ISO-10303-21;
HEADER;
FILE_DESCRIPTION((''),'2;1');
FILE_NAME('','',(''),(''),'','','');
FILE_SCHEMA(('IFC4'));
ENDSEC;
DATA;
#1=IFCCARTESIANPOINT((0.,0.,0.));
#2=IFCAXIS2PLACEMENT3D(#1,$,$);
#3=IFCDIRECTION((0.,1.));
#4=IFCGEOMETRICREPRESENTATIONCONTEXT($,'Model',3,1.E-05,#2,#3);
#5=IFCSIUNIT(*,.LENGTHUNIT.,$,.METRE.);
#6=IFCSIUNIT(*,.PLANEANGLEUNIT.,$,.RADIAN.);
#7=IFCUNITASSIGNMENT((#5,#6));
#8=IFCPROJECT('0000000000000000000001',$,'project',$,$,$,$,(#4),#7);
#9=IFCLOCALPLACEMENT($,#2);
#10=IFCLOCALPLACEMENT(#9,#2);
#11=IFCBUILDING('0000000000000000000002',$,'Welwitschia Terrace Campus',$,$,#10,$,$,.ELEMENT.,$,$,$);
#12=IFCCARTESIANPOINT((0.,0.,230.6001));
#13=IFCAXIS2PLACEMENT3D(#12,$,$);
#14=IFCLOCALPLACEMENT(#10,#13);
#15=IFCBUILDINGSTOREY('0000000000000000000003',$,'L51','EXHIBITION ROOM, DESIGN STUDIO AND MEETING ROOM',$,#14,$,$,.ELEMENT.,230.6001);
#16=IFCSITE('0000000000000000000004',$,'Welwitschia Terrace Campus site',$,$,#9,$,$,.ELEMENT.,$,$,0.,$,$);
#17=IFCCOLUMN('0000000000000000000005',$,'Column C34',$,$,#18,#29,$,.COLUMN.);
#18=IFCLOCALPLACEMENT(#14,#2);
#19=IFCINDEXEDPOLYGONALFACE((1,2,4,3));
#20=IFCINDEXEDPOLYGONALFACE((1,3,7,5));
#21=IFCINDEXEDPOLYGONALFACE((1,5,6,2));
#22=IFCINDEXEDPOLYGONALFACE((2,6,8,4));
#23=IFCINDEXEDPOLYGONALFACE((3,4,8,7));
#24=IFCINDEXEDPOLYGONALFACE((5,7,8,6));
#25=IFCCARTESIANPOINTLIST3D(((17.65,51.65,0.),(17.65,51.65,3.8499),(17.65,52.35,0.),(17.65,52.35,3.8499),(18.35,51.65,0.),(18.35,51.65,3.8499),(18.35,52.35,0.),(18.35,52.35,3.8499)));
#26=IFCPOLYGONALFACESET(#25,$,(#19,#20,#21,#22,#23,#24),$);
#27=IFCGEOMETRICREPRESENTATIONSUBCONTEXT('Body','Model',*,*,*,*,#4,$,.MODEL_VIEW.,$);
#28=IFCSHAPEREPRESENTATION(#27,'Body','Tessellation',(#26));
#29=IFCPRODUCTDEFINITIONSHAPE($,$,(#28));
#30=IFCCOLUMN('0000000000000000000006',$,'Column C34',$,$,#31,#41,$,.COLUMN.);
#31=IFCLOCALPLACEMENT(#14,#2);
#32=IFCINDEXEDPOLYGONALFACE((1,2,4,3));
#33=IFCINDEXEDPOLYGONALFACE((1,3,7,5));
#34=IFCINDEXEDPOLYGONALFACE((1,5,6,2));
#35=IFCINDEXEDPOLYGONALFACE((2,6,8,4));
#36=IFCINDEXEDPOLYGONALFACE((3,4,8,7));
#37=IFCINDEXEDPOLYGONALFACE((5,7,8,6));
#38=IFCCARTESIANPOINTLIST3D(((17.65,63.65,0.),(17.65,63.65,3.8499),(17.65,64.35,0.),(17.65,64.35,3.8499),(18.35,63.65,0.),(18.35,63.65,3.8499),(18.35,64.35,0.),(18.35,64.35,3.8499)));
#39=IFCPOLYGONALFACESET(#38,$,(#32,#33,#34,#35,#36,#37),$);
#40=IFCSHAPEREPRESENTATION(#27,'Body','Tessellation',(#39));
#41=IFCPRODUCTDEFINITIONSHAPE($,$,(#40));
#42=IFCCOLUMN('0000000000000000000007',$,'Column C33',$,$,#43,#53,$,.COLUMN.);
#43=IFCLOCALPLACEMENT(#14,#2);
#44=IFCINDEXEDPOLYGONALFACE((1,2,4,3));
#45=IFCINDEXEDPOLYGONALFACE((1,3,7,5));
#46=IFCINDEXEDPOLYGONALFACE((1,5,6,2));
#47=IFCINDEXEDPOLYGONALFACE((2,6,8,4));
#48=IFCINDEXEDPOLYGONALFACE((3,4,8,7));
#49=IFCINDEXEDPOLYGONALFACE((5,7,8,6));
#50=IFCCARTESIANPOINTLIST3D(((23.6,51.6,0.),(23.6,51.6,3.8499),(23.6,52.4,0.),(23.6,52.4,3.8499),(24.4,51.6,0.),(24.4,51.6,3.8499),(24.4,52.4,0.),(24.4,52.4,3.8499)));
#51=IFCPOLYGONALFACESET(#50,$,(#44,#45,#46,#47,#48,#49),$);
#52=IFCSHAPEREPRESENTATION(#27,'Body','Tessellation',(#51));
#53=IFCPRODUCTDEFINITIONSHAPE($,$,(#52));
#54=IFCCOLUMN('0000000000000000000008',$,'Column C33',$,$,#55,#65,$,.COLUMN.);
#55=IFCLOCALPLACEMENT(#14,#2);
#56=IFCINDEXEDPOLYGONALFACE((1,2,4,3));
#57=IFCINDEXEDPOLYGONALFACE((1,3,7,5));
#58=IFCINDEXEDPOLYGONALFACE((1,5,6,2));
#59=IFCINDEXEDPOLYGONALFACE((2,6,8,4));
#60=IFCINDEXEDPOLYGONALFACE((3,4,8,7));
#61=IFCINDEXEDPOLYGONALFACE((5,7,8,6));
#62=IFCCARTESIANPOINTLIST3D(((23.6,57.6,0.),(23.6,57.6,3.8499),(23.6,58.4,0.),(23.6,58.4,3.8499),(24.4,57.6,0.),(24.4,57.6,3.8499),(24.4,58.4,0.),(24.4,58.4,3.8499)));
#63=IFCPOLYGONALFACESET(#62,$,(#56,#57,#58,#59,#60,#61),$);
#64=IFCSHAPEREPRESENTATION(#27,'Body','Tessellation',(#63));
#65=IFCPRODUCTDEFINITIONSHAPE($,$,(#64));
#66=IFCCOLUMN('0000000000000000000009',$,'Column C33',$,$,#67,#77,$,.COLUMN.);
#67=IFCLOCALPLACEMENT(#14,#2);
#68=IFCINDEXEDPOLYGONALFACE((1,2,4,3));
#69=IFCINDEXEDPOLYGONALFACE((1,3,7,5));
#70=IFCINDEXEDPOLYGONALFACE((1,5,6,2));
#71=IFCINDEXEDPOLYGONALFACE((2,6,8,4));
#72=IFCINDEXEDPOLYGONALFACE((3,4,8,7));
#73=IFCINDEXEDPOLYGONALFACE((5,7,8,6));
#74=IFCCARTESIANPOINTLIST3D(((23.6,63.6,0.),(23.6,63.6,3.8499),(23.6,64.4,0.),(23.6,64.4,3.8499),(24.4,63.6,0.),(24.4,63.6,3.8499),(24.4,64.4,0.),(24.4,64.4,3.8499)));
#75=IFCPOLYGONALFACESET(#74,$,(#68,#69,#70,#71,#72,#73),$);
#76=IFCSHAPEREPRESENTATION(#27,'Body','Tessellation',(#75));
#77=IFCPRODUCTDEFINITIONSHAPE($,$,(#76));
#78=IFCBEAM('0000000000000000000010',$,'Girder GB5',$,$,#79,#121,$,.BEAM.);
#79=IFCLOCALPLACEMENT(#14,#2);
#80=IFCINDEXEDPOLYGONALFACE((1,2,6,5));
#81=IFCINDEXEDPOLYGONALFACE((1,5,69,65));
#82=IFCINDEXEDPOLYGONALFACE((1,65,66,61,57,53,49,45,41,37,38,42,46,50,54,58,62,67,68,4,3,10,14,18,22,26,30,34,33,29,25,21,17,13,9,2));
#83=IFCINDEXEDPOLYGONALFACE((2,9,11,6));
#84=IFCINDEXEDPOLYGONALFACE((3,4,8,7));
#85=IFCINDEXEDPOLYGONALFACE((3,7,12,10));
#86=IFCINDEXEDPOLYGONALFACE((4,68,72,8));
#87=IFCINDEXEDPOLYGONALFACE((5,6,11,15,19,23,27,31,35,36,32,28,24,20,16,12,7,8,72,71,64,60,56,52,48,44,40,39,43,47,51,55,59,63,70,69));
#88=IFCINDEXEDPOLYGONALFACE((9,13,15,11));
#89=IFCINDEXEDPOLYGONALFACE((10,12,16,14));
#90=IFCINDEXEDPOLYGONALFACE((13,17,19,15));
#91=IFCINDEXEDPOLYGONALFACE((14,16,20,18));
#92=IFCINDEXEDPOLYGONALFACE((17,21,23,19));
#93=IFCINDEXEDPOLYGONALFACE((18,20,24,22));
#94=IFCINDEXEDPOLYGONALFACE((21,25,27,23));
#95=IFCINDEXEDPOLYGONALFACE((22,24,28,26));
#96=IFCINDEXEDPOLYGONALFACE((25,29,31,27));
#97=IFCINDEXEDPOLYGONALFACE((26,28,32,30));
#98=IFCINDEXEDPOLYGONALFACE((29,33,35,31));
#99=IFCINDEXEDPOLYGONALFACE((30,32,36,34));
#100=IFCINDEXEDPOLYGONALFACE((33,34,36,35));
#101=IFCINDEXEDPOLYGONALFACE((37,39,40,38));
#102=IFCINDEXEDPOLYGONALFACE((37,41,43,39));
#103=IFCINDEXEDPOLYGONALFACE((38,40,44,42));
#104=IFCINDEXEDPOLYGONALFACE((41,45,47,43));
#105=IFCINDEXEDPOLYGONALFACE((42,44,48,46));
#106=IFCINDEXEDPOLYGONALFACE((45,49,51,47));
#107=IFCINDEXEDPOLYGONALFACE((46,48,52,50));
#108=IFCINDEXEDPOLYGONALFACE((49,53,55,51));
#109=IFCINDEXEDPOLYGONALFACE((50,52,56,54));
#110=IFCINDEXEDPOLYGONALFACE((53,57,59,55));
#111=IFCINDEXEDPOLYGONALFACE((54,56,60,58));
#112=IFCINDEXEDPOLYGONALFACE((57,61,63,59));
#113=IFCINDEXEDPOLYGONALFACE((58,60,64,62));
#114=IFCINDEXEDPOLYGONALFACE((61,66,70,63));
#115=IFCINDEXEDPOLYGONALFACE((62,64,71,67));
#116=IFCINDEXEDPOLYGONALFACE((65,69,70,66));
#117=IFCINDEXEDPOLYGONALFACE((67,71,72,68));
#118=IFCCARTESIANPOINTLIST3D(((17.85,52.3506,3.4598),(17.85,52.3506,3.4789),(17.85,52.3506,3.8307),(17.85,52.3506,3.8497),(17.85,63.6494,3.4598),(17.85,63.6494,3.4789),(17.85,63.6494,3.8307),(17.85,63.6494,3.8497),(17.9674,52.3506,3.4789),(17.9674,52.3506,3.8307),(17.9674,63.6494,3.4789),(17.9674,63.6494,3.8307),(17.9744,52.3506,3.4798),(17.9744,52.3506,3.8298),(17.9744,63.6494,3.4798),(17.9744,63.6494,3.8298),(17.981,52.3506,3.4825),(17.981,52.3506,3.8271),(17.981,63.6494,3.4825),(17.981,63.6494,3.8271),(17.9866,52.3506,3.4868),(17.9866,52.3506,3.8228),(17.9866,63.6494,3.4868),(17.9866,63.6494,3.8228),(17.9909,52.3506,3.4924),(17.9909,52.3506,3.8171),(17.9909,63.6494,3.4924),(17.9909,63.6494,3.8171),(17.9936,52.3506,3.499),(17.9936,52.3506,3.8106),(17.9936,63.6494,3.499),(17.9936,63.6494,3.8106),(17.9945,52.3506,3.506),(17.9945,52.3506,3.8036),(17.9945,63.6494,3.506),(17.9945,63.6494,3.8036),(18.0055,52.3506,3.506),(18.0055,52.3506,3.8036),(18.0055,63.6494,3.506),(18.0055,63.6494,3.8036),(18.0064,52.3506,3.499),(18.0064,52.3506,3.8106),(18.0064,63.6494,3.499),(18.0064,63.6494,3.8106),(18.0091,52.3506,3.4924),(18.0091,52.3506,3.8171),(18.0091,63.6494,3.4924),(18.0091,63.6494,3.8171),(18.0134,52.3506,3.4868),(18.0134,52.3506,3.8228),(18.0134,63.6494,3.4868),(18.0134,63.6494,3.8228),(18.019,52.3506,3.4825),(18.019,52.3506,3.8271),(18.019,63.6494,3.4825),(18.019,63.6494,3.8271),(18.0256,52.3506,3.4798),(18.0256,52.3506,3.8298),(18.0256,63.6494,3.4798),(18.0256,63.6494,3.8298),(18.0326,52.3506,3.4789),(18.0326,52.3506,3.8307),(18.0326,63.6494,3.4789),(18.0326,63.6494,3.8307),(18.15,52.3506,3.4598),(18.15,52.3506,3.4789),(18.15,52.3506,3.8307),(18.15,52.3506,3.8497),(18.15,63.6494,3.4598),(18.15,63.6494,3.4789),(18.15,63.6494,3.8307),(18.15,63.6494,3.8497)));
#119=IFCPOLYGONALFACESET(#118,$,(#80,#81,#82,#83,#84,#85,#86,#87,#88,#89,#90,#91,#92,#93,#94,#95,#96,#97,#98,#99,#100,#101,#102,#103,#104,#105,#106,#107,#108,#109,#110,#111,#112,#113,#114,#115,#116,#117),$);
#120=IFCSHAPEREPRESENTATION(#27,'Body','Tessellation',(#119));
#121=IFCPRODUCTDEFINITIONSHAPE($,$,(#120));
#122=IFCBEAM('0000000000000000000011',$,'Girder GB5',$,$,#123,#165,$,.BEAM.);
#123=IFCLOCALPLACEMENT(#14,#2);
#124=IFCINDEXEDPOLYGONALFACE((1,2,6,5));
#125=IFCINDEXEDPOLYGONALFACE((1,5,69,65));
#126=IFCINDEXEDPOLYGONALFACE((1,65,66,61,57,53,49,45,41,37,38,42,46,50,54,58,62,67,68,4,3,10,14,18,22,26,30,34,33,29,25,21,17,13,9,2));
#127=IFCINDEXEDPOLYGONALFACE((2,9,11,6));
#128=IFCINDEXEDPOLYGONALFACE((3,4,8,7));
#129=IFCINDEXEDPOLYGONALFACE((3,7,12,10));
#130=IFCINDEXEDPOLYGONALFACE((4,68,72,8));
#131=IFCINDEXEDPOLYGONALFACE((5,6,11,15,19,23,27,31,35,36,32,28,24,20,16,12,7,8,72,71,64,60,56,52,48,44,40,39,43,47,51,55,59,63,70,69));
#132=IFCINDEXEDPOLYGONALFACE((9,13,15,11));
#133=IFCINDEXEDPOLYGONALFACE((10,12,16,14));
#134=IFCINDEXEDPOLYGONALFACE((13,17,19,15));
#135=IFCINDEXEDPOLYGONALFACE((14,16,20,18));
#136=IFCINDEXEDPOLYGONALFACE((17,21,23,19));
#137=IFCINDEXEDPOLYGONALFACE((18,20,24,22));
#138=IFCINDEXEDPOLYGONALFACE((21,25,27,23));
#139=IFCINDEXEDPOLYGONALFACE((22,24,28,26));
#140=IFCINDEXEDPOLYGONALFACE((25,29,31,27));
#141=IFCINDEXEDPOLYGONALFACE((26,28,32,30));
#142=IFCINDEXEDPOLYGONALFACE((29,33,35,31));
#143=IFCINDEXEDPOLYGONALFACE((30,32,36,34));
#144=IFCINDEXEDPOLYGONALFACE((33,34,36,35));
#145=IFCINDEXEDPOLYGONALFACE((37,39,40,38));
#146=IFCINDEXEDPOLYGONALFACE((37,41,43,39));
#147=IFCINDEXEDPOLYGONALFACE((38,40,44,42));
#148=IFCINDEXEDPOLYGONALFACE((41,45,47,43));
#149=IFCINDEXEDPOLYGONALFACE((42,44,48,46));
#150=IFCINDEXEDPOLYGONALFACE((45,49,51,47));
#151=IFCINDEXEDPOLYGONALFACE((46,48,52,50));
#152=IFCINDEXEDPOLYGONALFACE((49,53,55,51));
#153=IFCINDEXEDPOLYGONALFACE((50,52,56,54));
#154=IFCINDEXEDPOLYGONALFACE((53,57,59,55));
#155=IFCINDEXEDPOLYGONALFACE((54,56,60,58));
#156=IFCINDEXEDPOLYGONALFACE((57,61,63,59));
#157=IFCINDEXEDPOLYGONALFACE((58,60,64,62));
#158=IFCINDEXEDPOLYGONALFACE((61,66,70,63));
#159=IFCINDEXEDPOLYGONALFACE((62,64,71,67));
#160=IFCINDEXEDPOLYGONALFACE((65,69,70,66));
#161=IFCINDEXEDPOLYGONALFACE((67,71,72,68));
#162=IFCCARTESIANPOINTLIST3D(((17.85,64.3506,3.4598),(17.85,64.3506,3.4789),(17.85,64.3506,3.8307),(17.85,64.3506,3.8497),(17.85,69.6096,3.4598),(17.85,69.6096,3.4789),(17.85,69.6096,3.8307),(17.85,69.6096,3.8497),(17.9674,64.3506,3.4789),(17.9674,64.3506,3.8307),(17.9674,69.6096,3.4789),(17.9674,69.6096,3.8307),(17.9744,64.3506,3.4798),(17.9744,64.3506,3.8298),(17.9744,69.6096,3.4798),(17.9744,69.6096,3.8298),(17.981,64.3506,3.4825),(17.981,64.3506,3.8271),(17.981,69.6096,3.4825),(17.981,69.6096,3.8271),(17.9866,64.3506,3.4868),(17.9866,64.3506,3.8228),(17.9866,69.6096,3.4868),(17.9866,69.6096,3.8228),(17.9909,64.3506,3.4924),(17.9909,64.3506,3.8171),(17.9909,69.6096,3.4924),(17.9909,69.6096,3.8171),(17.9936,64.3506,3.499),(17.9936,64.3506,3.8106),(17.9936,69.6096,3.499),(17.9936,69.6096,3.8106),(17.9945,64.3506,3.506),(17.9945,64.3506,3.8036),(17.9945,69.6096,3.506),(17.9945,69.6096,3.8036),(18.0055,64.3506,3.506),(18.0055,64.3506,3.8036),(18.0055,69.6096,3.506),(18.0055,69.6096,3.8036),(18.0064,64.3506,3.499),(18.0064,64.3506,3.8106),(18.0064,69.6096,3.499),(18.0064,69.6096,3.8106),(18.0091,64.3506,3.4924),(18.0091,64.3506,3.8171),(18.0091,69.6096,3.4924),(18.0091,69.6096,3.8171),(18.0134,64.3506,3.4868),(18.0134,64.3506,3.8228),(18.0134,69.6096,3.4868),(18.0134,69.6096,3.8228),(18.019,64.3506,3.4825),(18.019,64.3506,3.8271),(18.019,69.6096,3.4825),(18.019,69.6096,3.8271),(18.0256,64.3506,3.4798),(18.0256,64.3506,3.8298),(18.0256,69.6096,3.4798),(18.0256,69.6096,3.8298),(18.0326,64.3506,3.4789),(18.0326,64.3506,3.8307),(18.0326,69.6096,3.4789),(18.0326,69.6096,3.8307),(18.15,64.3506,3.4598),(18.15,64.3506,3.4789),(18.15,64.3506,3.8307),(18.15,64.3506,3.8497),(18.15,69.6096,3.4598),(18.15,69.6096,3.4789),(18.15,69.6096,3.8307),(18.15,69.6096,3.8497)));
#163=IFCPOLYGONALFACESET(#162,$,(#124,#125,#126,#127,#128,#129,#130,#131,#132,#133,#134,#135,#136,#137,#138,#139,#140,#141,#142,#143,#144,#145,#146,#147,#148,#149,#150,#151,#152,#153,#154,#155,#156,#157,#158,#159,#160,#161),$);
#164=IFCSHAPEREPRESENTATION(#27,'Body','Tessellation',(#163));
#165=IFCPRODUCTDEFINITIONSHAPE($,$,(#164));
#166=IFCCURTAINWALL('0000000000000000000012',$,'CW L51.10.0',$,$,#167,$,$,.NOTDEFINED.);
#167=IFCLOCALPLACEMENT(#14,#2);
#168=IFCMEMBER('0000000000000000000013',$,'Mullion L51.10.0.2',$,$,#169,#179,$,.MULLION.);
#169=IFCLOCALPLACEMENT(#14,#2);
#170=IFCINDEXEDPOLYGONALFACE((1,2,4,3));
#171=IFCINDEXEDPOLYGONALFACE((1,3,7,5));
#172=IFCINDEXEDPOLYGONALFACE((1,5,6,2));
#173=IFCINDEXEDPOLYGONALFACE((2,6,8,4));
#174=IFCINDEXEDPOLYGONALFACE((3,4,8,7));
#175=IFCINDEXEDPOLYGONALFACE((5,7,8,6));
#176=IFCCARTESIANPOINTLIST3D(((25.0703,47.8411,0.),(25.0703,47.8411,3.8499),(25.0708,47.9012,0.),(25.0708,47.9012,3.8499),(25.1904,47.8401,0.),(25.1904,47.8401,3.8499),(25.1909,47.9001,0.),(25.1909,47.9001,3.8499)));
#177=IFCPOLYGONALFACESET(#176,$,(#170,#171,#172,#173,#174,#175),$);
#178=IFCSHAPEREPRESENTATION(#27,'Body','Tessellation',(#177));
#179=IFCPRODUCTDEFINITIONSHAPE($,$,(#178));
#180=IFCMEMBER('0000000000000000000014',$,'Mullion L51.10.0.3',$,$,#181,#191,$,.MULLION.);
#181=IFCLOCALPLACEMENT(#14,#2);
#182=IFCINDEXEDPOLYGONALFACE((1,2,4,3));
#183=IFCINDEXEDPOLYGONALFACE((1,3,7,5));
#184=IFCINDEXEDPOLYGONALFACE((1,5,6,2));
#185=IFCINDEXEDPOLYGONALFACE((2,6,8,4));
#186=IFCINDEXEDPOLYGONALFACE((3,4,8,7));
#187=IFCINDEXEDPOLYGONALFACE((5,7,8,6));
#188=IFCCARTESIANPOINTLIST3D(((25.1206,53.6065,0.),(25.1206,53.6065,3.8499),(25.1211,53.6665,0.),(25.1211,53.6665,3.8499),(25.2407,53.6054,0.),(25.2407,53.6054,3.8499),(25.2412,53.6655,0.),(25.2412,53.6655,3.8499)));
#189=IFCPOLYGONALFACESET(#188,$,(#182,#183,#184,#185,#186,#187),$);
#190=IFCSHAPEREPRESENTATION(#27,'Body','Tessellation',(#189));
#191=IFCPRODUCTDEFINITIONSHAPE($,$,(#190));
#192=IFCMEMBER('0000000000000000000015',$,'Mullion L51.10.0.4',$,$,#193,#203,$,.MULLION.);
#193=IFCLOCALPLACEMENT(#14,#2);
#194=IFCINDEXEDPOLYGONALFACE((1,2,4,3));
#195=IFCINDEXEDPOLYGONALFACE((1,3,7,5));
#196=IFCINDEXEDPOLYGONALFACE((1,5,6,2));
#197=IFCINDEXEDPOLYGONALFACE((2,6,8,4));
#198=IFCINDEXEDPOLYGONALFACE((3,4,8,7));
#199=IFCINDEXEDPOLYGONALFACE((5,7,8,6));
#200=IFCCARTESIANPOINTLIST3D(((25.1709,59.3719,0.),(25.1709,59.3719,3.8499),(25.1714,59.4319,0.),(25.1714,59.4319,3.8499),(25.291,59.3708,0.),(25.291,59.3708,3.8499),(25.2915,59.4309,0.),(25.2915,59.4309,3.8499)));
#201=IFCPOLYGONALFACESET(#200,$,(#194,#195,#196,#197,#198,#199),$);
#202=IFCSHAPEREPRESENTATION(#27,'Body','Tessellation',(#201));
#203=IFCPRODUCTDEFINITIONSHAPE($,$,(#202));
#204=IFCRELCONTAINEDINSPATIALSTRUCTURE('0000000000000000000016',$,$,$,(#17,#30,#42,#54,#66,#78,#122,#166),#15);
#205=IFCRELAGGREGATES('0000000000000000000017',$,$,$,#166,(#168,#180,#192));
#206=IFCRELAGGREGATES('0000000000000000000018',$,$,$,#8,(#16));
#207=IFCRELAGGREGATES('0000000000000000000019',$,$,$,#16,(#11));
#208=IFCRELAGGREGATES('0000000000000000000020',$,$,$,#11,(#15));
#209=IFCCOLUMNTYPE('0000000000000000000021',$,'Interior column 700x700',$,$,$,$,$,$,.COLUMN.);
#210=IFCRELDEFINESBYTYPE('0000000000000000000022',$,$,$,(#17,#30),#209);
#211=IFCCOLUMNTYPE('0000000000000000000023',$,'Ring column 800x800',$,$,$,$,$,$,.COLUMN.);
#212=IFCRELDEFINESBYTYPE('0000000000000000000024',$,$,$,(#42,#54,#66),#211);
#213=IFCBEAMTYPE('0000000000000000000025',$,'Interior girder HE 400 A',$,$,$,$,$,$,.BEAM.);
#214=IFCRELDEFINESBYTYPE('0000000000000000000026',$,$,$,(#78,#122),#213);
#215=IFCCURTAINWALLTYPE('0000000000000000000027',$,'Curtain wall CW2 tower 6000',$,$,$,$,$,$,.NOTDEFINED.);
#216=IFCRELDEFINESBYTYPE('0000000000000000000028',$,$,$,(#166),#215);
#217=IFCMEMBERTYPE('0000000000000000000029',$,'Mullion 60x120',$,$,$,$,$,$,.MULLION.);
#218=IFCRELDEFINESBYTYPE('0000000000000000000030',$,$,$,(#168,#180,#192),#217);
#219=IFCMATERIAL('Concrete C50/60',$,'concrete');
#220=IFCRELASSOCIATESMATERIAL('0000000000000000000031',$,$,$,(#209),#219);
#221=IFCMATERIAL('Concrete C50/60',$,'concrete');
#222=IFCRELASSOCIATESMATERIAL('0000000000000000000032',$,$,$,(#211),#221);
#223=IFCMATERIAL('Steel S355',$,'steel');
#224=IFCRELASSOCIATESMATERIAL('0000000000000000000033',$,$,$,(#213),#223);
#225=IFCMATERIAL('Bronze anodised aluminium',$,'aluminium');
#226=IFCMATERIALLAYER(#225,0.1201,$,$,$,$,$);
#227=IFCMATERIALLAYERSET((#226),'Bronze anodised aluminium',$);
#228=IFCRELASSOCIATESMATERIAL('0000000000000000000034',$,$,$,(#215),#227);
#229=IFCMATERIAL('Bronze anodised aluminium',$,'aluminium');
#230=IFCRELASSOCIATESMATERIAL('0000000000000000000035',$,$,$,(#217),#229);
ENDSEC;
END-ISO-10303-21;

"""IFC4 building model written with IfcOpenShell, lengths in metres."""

from ifc_helpers import new_model, si_unit, direction, frame, origin, origin_2d, place, context, subcontext, project, spatial, rectangle, i_section, extrude, material, layer, layer_set, material_profile, profile_set, type_object, element, aggregate, save


model = new_model("IFC4")

# Units and contexts
model_context = context("Model", 3, precision=1e-05, world=origin(), true_north=direction((0.0, 1.0)))
body_context = subcontext(model_context, "Body", "Model", "MODEL_VIEW")
ifc_project = project(units=[si_unit("LENGTHUNIT", "METRE"), si_unit("PLANEANGLEUNIT", "RADIAN")], contexts=[model_context])

# Site, building, storey
site_placement = place(None, origin())
site = spatial("IfcSite", under=ifc_project, at=site_placement, Name="Welwitschia Terrace Campus site", CompositionType="ELEMENT", RefElevation=0.0)
building_placement = place(site_placement, origin())
building = spatial("IfcBuilding", under=site, at=building_placement, Name="Welwitschia Terrace Campus", CompositionType="ELEMENT")
storey_placement = place(building_placement, frame((0.0, 0.0, 230.6001)))
storey = spatial("IfcBuildingStorey", under=building, at=storey_placement, Name="L51", Description="EXHIBITION ROOM, DESIGN STUDIO AND MEETING ROOM", CompositionType="ELEMENT", Elevation=230.6001)

# Columns
ifc_material_1 = material(Name="Concrete C50/60", Category="concrete")
ifc_material_profile_1 = material_profile(ifc_material_1, rectangle(XDim=0.7, YDim=0.7, at=origin_2d()))
ifc_profile_set_1 = profile_set([ifc_material_profile_1], Name="Concrete C50/60")
column_type_1 = type_object("IfcColumnType", Name="Interior column 700x700", PredefinedType="COLUMN", material=ifc_profile_set_1)
for number, where, z_axis, x_axis, name in (
    (1, (18.0, 52.0, 0.0), (0.0, 0.0, 1.0), (1.0, 0.0, 0.0), "Column C34"),
    (2, (18.0, 64.0, 0.0), (0.0, 0.0, 1.0), (1.0, 0.0, 0.0), "Column C34"),
):
    element("IfcColumn", number, at=place(storey_placement, frame(where, z_axis=z_axis, x_axis=x_axis)), inside=storey, type_object=column_type_1, Name=name, PredefinedType="COLUMN", context=body_context, shape_type="SweptSolid", body=[
        extrude(rectangle(XDim=0.7, YDim=0.7, at=origin_2d()), origin(), (0.0, 0.0, 1.0), 3.8499),
    ])
ifc_material_2 = material(Name="Concrete C50/60", Category="concrete")
ifc_material_profile_2 = material_profile(ifc_material_2, rectangle(XDim=0.8, YDim=0.8, at=origin_2d()))
ifc_profile_set_2 = profile_set([ifc_material_profile_2], Name="Concrete C50/60")
column_type_2 = type_object("IfcColumnType", Name="Ring column 800x800", PredefinedType="COLUMN", material=ifc_profile_set_2)
for number, where, z_axis, x_axis, name in (
    (3, (24.0, 52.0, 0.0), (0.0, 0.0, 1.0), (1.0, 0.0, 0.0), "Column C33"),
    (4, (24.0, 58.0, 0.0), (0.0, 0.0, 1.0), (1.0, 0.0, 0.0), "Column C33"),
    (5, (24.0, 64.0, 0.0), (0.0, 0.0, 1.0), (1.0, 0.0, 0.0), "Column C33"),
):
    element("IfcColumn", number, at=place(storey_placement, frame(where, z_axis=z_axis, x_axis=x_axis)), inside=storey, type_object=column_type_2, Name=name, PredefinedType="COLUMN", context=body_context, shape_type="SweptSolid", body=[
        extrude(rectangle(XDim=0.8, YDim=0.8, at=origin_2d()), origin(), (0.0, 0.0, 1.0), 3.8499),
    ])

# Beams
ifc_material_3 = material(Name="Steel S355", Category="steel")
ifc_material_profile_3 = material_profile(ifc_material_3, i_section(OverallWidth=0.3, OverallDepth=0.3899, WebThickness=0.011, FlangeThickness=0.019, FilletRadius=0.0271, at=origin_2d()))
ifc_profile_set_3 = profile_set([ifc_material_profile_3], Name="Steel S355")
beam_type_1 = type_object("IfcBeamType", Name="Interior girder HE 400 A", PredefinedType="BEAM", material=ifc_profile_set_3)
beam_1_placement = place(storey_placement, frame((18.0, 52.3506, 3.6548), z_axis=(0.0, 1.0, 0.0), x_axis=(-1.0, 0.0, 0.0)))
element("IfcBeam", 6, at=beam_1_placement, inside=storey, type_object=beam_type_1, Name="Girder GB5", PredefinedType="BEAM", context=body_context, shape_type="SweptSolid", body=[
    extrude(i_section(OverallWidth=0.3, OverallDepth=0.3899, WebThickness=0.011, FlangeThickness=0.019, FilletRadius=0.0271, at=origin_2d()), origin(), (0.0, 0.0, 1.0), 11.2988),
])
beam_2_placement = place(storey_placement, frame((18.0, 64.3506, 3.6548), z_axis=(0.0, 1.0, 0.0), x_axis=(-1.0, 0.0, 0.0)))
element("IfcBeam", 7, at=beam_2_placement, inside=storey, type_object=beam_type_1, Name="Girder GB5", PredefinedType="BEAM", context=body_context, shape_type="SweptSolid", body=[
    extrude(i_section(OverallWidth=0.3, OverallDepth=0.3899, WebThickness=0.011, FlangeThickness=0.019, FilletRadius=0.0271, at=origin_2d()), origin(), (0.0, 0.0, 1.0), 5.259),
])

# Curtain wall, members
ifc_material_4 = material(Name="Bronze anodised aluminium", Category="aluminium")
ifc_layer_1 = layer(ifc_material_4, 0.1201)
ifc_layer_set_1 = layer_set([ifc_layer_1], Name="Bronze anodised aluminium")
curtain_wall_type = type_object("IfcCurtainWallType", Name="Curtain wall CW2 tower 6000", PredefinedType="NOTDEFINED", material=ifc_layer_set_1)
curtain_wall_placement = place(storey_placement, origin())
curtain_wall = element("IfcCurtainWall", 8, at=curtain_wall_placement, inside=storey, type_object=curtain_wall_type, Name="CW L51.10.0", PredefinedType="NOTDEFINED")
ifc_material_5 = material(Name="Bronze anodised aluminium", Category="aluminium")
ifc_material_profile_4 = material_profile(ifc_material_5, rectangle(XDim=0.1201, YDim=0.0601, at=origin_2d()))
ifc_profile_set_4 = profile_set([ifc_material_profile_4], Name="Bronze anodised aluminium")
member_type = type_object("IfcMemberType", Name="Mullion 60x120", PredefinedType="MULLION", material=ifc_profile_set_4)
member_1_placement = place(storey_placement, frame((25.1306, 47.8706, 0.0), z_axis=(0.0, 0.0, 1.0), x_axis=(-0.999962, 0.008727, 0.0)))
member_1 = element("IfcMember", 9, at=member_1_placement, type_object=member_type, Name="Mullion L51.10.0.2", PredefinedType="MULLION", context=body_context, shape_type="SweptSolid", body=[
    extrude(rectangle(XDim=0.1201, YDim=0.0601, at=origin_2d()), origin(), (0.0, 0.0, 1.0), 3.8499),
])
member_2_placement = place(storey_placement, frame((25.1809, 53.636, 0.0), z_axis=(0.0, 0.0, 1.0), x_axis=(-0.999962, 0.008727, 0.0)))
member_2 = element("IfcMember", 10, at=member_2_placement, type_object=member_type, Name="Mullion L51.10.0.3", PredefinedType="MULLION", context=body_context, shape_type="SweptSolid", body=[
    extrude(rectangle(XDim=0.1201, YDim=0.0601, at=origin_2d()), origin(), (0.0, 0.0, 1.0), 3.8499),
])
member_3_placement = place(storey_placement, frame((25.2312, 59.4014, 0.0), z_axis=(0.0, 0.0, 1.0), x_axis=(-0.999962, 0.008727, 0.0)))
member_3 = element("IfcMember", 11, at=member_3_placement, type_object=member_type, Name="Mullion L51.10.0.4", PredefinedType="MULLION", context=body_context, shape_type="SweptSolid", body=[
    extrude(rectangle(XDim=0.1201, YDim=0.0601, at=origin_2d()), origin(), (0.0, 0.0, 1.0), 3.8499),
])

aggregate(curtain_wall, [member_1, member_2, member_3])

save(model, "model.ifc")
